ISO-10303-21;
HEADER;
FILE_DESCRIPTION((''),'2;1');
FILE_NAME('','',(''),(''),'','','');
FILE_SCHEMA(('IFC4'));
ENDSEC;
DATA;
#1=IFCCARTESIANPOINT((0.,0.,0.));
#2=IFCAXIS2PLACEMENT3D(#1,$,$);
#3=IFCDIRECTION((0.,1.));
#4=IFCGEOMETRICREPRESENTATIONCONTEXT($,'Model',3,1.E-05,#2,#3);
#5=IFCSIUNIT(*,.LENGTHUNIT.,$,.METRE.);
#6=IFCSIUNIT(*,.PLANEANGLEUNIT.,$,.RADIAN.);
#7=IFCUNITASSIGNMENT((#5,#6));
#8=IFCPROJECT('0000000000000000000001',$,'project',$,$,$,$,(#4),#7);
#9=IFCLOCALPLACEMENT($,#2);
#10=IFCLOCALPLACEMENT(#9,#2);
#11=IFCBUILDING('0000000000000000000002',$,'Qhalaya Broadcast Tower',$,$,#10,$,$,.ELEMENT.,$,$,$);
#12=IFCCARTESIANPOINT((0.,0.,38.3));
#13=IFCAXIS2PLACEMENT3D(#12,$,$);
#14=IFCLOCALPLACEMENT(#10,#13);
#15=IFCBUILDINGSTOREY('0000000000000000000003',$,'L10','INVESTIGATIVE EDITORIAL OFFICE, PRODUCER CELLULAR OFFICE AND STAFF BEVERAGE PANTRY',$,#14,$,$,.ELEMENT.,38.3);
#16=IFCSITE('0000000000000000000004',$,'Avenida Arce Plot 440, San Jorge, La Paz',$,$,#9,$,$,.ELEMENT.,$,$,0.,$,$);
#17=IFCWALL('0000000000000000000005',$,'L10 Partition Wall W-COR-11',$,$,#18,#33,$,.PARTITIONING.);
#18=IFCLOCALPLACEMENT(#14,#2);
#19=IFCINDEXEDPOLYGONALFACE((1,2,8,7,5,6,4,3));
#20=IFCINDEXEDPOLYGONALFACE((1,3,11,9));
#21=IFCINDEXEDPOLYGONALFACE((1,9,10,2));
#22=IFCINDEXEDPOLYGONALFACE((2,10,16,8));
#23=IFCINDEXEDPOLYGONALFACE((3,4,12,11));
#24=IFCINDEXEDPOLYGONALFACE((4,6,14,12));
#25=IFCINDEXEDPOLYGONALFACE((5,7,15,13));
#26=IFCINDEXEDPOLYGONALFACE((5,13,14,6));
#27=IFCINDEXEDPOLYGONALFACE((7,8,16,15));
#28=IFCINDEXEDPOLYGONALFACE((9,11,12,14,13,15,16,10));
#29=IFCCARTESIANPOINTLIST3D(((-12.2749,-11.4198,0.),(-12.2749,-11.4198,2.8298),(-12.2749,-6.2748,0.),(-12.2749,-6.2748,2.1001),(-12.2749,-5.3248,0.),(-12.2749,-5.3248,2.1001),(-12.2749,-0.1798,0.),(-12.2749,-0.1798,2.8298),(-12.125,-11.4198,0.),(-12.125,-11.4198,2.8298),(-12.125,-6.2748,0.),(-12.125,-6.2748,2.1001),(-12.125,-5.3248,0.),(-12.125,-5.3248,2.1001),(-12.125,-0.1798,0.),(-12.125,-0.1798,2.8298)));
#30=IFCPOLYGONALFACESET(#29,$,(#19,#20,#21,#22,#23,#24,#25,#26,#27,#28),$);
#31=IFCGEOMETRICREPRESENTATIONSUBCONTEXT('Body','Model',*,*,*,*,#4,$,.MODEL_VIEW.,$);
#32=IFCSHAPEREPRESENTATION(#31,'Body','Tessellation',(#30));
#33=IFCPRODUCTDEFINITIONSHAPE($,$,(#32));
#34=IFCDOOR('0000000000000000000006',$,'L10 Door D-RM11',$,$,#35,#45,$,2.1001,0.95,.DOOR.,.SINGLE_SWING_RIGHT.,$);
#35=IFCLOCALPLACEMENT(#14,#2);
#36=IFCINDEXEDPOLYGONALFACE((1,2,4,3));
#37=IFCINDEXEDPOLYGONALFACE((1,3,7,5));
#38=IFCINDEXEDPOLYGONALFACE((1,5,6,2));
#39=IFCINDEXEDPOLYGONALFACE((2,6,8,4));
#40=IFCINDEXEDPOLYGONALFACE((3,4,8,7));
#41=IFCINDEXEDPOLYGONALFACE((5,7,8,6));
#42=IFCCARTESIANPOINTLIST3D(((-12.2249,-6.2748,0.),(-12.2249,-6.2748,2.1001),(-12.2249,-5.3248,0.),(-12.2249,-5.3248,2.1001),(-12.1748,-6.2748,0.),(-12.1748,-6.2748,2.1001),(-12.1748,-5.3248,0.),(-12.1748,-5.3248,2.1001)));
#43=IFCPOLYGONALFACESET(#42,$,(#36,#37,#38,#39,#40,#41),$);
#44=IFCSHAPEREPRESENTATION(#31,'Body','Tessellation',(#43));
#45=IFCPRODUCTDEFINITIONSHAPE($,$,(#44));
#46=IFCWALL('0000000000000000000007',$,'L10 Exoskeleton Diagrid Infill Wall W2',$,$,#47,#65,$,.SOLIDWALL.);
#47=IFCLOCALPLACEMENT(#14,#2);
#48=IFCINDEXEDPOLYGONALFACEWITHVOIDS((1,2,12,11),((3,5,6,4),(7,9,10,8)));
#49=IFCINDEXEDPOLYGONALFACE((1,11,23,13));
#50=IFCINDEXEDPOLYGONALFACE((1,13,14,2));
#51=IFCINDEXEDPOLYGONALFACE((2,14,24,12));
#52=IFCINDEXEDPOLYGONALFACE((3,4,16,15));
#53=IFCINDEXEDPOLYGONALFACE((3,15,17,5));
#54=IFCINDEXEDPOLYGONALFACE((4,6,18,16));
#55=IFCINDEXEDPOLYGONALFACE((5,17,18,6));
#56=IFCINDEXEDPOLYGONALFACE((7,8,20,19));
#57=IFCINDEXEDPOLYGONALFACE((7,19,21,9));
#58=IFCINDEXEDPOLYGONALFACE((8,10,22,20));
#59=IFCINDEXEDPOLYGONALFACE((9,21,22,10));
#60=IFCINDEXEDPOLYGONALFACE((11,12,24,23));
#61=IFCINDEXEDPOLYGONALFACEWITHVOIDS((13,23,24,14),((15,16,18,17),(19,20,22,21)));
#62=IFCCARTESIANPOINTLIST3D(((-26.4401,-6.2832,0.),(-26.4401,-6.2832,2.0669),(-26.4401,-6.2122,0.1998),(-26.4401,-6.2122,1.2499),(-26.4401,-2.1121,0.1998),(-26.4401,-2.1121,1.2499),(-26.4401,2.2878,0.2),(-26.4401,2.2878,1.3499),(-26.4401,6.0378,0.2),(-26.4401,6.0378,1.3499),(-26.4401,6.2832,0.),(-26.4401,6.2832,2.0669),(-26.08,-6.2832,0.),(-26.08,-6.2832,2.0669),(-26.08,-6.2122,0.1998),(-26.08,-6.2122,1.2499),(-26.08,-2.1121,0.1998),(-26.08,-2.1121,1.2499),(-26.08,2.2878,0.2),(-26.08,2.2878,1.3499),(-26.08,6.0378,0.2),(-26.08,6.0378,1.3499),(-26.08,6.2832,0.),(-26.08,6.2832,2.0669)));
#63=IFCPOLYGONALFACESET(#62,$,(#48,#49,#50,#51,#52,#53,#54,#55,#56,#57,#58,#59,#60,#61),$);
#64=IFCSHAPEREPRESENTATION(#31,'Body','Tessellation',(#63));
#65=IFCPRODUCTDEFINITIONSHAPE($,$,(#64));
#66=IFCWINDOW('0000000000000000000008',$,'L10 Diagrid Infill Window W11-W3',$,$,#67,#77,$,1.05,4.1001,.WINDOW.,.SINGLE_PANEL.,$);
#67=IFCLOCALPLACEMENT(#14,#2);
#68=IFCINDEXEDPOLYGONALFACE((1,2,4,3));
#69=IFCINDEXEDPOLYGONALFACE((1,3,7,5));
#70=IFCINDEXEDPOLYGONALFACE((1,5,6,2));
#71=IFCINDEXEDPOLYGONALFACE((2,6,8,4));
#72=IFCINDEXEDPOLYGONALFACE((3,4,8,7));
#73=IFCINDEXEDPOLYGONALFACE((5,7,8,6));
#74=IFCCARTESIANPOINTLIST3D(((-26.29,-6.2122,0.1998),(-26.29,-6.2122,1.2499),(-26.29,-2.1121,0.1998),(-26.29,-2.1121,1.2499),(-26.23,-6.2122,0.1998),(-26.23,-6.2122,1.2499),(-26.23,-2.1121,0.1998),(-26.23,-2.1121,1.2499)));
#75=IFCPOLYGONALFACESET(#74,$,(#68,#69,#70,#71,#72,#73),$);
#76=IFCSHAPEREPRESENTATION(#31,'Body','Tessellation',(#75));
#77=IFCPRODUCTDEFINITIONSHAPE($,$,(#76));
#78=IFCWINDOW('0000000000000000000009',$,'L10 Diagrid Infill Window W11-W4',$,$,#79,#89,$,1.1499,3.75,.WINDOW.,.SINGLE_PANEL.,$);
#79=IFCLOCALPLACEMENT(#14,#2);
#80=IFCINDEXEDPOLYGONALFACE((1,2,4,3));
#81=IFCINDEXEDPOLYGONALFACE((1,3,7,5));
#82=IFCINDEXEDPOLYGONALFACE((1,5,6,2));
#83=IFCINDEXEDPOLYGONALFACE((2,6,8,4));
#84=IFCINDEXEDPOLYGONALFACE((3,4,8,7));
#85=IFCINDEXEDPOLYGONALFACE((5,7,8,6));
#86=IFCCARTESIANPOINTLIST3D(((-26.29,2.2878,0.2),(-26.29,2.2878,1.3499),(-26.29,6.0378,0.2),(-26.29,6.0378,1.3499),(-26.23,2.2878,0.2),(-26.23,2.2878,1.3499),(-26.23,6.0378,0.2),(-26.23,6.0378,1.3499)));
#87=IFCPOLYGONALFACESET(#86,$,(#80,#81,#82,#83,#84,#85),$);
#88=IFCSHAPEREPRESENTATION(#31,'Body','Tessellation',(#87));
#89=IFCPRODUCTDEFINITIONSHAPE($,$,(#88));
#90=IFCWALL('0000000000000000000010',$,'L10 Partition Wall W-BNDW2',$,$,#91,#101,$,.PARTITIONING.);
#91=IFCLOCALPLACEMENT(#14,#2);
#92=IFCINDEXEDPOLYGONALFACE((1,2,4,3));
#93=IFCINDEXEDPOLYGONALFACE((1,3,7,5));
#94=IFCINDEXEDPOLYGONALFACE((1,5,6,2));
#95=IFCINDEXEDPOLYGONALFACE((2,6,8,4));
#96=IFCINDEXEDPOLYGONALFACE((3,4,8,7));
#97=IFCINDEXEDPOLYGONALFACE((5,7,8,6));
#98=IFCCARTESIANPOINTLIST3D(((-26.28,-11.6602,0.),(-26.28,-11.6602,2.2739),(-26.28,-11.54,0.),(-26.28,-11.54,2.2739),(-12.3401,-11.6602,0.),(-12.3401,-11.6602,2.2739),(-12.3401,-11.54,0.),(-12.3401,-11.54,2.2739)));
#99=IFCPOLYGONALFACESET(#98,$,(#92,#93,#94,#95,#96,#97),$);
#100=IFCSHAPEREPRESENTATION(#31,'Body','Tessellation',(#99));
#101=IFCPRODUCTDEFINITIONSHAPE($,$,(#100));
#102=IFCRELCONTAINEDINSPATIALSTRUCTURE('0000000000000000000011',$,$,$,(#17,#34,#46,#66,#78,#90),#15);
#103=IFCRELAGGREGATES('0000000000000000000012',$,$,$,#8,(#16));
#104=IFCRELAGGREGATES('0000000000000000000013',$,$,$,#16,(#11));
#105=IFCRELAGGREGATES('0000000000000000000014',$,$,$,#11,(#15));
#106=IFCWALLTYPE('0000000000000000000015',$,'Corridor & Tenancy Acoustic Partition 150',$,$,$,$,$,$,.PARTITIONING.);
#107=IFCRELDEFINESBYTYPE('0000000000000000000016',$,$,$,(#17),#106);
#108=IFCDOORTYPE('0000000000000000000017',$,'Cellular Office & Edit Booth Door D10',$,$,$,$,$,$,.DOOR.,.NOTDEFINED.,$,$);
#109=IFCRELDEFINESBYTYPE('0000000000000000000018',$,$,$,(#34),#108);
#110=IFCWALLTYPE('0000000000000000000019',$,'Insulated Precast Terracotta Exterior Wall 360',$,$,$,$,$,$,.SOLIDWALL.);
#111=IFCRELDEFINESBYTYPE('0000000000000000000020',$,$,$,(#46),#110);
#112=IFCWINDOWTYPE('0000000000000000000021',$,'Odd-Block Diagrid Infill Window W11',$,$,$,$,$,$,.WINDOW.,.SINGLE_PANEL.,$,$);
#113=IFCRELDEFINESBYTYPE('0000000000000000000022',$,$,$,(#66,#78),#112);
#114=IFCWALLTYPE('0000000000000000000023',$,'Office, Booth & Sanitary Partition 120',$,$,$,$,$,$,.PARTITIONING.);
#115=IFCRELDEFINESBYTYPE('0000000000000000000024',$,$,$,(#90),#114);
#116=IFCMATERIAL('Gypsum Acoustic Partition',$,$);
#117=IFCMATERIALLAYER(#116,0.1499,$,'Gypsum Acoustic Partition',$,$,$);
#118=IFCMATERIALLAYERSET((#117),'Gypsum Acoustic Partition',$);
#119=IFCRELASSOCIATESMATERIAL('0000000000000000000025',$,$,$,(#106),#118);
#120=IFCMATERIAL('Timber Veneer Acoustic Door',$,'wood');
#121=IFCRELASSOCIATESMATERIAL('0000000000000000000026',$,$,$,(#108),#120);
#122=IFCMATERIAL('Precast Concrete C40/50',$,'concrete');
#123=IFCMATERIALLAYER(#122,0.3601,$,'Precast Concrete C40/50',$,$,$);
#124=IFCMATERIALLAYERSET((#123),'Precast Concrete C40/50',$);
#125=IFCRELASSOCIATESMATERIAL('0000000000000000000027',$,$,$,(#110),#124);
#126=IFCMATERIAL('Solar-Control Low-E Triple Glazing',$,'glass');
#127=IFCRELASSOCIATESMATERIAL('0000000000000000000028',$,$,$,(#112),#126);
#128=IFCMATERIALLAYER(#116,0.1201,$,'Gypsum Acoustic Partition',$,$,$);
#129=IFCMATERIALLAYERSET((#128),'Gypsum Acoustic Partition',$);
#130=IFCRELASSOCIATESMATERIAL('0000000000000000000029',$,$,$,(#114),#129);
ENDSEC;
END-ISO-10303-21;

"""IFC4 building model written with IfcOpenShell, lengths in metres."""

from ifc_helpers import new_model, si_unit, direction, frame, frame_2d, origin, place, context, subcontext, project, spatial, rectangle, extrude, material, layer, layer_set, type_object, element, fill, save


model = new_model("IFC4")

# Units and contexts
model_context = context("Model", 3, precision=1e-05, world=origin(), true_north=direction((0.0, 1.0)))
body_context = subcontext(model_context, "Body", "Model", "MODEL_VIEW")
ifc_project = project(units=[si_unit("LENGTHUNIT", "METRE"), si_unit("PLANEANGLEUNIT", "RADIAN")], contexts=[model_context])

# Site, building, storey
site_placement = place(None, origin())
site = spatial("IfcSite", under=ifc_project, at=site_placement, Name="Avenida Arce Plot 440, San Jorge, La Paz", CompositionType="ELEMENT", RefElevation=0.0)
building_placement = place(site_placement, origin())
building = spatial("IfcBuilding", under=site, at=building_placement, Name="Qhalaya Broadcast Tower", CompositionType="ELEMENT")
storey_placement = place(building_placement, frame((0.0, 0.0, 38.3)))
storey = spatial("IfcBuildingStorey", under=building, at=storey_placement, Name="L10", Description="INVESTIGATIVE EDITORIAL OFFICE, PRODUCER CELLULAR OFFICE AND STAFF BEVERAGE PANTRY", CompositionType="ELEMENT", Elevation=38.3)

# Wall, opening, door
ifc_material_1 = material(Name="Gypsum Acoustic Partition")
ifc_layer_1 = layer(ifc_material_1, 0.1499, Name="Gypsum Acoustic Partition")
ifc_layer_set_1 = layer_set([ifc_layer_1], Name="Gypsum Acoustic Partition")
wall_type_1 = type_object("IfcWallType", Name="Corridor & Tenancy Acoustic Partition 150", PredefinedType="PARTITIONING", material=ifc_layer_set_1)
wall_1_placement = place(storey_placement, frame((-12.2, -11.4199, 0.0), z_axis=(0.0, 0.0, 1.0), x_axis=(0.0, 1.0, 0.0)))
wall_1 = element("IfcWall", 1, at=wall_1_placement, inside=storey, type_object=wall_type_1, Name="L10 Partition Wall W-COR-11", PredefinedType="PARTITIONING", context=body_context, shape_type="SweptSolid", body=[
    extrude(rectangle(XDim=11.24, YDim=0.1499, at=frame_2d((5.6201, 0.0))), origin(), (0.0, 0.0, 1.0), 2.8298),
])
opening_1_placement = place(wall_1_placement, frame((5.145, 0.0, 0.0)))
opening_1 = element("IfcOpeningElement", 2, at=opening_1_placement, cuts=wall_1, PredefinedType="OPENING", context=body_context, shape_type="SweptSolid", body=[
    extrude(rectangle(XDim=0.95, YDim=2.1001, at=frame_2d((0.4751, 1.05))), frame((0.0, 0.0869, 0.0), z_axis=(0.0, -1.0, 0.0), x_axis=(1.0, 0.0, 0.0)), (0.0, 0.0, 1.0), 0.1738),
])
ifc_material_2 = material(Name="Timber Veneer Acoustic Door", Category="wood")
door_type = type_object("IfcDoorType", Name="Cellular Office & Edit Booth Door D10", OperationType="NOTDEFINED", PredefinedType="DOOR", material=ifc_material_2)
door_placement = place(opening_1_placement, origin())
door = element("IfcDoor", 3, at=door_placement, inside=storey, type_object=door_type, Name="L10 Door D-RM11", OperationType="SINGLE_SWING_RIGHT", OverallHeight=2.1001, OverallWidth=0.95, PredefinedType="DOOR", context=body_context, shape_type="SweptSolid", body=[
    extrude(rectangle(XDim=0.95, YDim=2.1001, at=frame_2d((0.4751, 1.05))), frame((0.0, 0.0249, 0.0), z_axis=(0.0, -1.0, 0.0), x_axis=(1.0, 0.0, 0.0)), (0.0, 0.0, 1.0), 0.05),
])
fill(opening_1, door)

# Wall, openings, windows
ifc_material_3 = material(Name="Precast Concrete C40/50", Category="concrete")
ifc_layer_2 = layer(ifc_material_3, 0.3601, Name="Precast Concrete C40/50")
ifc_layer_set_2 = layer_set([ifc_layer_2], Name="Precast Concrete C40/50")
wall_type_2 = type_object("IfcWallType", Name="Insulated Precast Terracotta Exterior Wall 360", PredefinedType="SOLIDWALL", material=ifc_layer_set_2)
wall_2_placement = place(storey_placement, frame((-26.26, -6.2832, 0.0), z_axis=(0.0, 0.0, 1.0), x_axis=(0.0, 1.0, 0.0)))
wall_2 = element("IfcWall", 4, at=wall_2_placement, inside=storey, type_object=wall_type_2, Name="L10 Exoskeleton Diagrid Infill Wall W2", PredefinedType="SOLIDWALL", context=body_context, shape_type="SweptSolid", body=[
    extrude(rectangle(XDim=12.5664, YDim=0.3601, at=frame_2d((6.2832, 0.0))), origin(), (0.0, 0.0, 1.0), 2.0669),
])
opening_2_placement = place(wall_2_placement, frame((0.071, 0.0, 0.2)))
opening_2 = element("IfcOpeningElement", 5, at=opening_2_placement, cuts=wall_2, PredefinedType="OPENING", context=body_context, shape_type="SweptSolid", body=[
    extrude(rectangle(XDim=4.1001, YDim=1.05, at=frame_2d((2.05, 0.5249))), frame((0.0, 0.1921, 0.0), z_axis=(0.0, -1.0, 0.0), x_axis=(1.0, 0.0, 0.0)), (0.0, 0.0, 1.0), 0.384),
])
opening_3_placement = place(wall_2_placement, frame((8.571, 0.0, 0.2)))
opening_3 = element("IfcOpeningElement", 6, at=opening_3_placement, cuts=wall_2, PredefinedType="OPENING", context=body_context, shape_type="SweptSolid", body=[
    extrude(rectangle(XDim=3.75, YDim=1.1499, at=frame_2d((1.875, 0.575))), frame((0.0, 0.1921, 0.0), z_axis=(0.0, -1.0, 0.0), x_axis=(1.0, 0.0, 0.0)), (0.0, 0.0, 1.0), 0.384),
])
ifc_material_4 = material(Name="Solar-Control Low-E Triple Glazing", Category="glass")
window_type = type_object("IfcWindowType", Name="Odd-Block Diagrid Infill Window W11", PartitioningType="SINGLE_PANEL", PredefinedType="WINDOW", material=ifc_material_4)
window_1_placement = place(opening_2_placement, origin())
window_1 = element("IfcWindow", 7, at=window_1_placement, inside=storey, type_object=window_type, Name="L10 Diagrid Infill Window W11-W3", OverallHeight=1.05, OverallWidth=4.1001, PartitioningType="SINGLE_PANEL", PredefinedType="WINDOW", context=body_context, shape_type="SweptSolid", body=[
    extrude(rectangle(XDim=4.1001, YDim=1.05, at=frame_2d((2.05, 0.5249))), frame((0.0, 0.03, 0.0), z_axis=(0.0, -1.0, 0.0), x_axis=(1.0, 0.0, 0.0)), (0.0, 0.0, 1.0), 0.0601),
])
fill(opening_2, window_1)
window_2_placement = place(opening_3_placement, origin())
window_2 = element("IfcWindow", 8, at=window_2_placement, inside=storey, type_object=window_type, Name="L10 Diagrid Infill Window W11-W4", OverallHeight=1.1499, OverallWidth=3.75, PartitioningType="SINGLE_PANEL", PredefinedType="WINDOW", context=body_context, shape_type="SweptSolid", body=[
    extrude(rectangle(XDim=3.75, YDim=1.1499, at=frame_2d((1.875, 0.575))), frame((0.0, 0.03, 0.0), z_axis=(0.0, -1.0, 0.0), x_axis=(1.0, 0.0, 0.0)), (0.0, 0.0, 1.0), 0.0601),
])
fill(opening_3, window_2)

# Wall
ifc_layer_3 = layer(ifc_material_1, 0.1201, Name="Gypsum Acoustic Partition")
ifc_layer_set_3 = layer_set([ifc_layer_3], Name="Gypsum Acoustic Partition")
wall_type_3 = type_object("IfcWallType", Name="Office, Booth & Sanitary Partition 120", PredefinedType="PARTITIONING", material=ifc_layer_set_3)
wall_3_placement = place(storey_placement, frame((-26.28, -11.6001, 0.0), z_axis=(0.0, 0.0, 1.0), x_axis=(1.0, 0.0, 0.0)))
element("IfcWall", 9, at=wall_3_placement, inside=storey, type_object=wall_type_3, Name="L10 Partition Wall W-BNDW2", PredefinedType="PARTITIONING", context=body_context, shape_type="SweptSolid", body=[
    extrude(rectangle(XDim=13.9399, YDim=0.1201, at=frame_2d((6.97, 0.0))), origin(), (0.0, 0.0, 1.0), 2.2739),
])

save(model, "model.ifc")
